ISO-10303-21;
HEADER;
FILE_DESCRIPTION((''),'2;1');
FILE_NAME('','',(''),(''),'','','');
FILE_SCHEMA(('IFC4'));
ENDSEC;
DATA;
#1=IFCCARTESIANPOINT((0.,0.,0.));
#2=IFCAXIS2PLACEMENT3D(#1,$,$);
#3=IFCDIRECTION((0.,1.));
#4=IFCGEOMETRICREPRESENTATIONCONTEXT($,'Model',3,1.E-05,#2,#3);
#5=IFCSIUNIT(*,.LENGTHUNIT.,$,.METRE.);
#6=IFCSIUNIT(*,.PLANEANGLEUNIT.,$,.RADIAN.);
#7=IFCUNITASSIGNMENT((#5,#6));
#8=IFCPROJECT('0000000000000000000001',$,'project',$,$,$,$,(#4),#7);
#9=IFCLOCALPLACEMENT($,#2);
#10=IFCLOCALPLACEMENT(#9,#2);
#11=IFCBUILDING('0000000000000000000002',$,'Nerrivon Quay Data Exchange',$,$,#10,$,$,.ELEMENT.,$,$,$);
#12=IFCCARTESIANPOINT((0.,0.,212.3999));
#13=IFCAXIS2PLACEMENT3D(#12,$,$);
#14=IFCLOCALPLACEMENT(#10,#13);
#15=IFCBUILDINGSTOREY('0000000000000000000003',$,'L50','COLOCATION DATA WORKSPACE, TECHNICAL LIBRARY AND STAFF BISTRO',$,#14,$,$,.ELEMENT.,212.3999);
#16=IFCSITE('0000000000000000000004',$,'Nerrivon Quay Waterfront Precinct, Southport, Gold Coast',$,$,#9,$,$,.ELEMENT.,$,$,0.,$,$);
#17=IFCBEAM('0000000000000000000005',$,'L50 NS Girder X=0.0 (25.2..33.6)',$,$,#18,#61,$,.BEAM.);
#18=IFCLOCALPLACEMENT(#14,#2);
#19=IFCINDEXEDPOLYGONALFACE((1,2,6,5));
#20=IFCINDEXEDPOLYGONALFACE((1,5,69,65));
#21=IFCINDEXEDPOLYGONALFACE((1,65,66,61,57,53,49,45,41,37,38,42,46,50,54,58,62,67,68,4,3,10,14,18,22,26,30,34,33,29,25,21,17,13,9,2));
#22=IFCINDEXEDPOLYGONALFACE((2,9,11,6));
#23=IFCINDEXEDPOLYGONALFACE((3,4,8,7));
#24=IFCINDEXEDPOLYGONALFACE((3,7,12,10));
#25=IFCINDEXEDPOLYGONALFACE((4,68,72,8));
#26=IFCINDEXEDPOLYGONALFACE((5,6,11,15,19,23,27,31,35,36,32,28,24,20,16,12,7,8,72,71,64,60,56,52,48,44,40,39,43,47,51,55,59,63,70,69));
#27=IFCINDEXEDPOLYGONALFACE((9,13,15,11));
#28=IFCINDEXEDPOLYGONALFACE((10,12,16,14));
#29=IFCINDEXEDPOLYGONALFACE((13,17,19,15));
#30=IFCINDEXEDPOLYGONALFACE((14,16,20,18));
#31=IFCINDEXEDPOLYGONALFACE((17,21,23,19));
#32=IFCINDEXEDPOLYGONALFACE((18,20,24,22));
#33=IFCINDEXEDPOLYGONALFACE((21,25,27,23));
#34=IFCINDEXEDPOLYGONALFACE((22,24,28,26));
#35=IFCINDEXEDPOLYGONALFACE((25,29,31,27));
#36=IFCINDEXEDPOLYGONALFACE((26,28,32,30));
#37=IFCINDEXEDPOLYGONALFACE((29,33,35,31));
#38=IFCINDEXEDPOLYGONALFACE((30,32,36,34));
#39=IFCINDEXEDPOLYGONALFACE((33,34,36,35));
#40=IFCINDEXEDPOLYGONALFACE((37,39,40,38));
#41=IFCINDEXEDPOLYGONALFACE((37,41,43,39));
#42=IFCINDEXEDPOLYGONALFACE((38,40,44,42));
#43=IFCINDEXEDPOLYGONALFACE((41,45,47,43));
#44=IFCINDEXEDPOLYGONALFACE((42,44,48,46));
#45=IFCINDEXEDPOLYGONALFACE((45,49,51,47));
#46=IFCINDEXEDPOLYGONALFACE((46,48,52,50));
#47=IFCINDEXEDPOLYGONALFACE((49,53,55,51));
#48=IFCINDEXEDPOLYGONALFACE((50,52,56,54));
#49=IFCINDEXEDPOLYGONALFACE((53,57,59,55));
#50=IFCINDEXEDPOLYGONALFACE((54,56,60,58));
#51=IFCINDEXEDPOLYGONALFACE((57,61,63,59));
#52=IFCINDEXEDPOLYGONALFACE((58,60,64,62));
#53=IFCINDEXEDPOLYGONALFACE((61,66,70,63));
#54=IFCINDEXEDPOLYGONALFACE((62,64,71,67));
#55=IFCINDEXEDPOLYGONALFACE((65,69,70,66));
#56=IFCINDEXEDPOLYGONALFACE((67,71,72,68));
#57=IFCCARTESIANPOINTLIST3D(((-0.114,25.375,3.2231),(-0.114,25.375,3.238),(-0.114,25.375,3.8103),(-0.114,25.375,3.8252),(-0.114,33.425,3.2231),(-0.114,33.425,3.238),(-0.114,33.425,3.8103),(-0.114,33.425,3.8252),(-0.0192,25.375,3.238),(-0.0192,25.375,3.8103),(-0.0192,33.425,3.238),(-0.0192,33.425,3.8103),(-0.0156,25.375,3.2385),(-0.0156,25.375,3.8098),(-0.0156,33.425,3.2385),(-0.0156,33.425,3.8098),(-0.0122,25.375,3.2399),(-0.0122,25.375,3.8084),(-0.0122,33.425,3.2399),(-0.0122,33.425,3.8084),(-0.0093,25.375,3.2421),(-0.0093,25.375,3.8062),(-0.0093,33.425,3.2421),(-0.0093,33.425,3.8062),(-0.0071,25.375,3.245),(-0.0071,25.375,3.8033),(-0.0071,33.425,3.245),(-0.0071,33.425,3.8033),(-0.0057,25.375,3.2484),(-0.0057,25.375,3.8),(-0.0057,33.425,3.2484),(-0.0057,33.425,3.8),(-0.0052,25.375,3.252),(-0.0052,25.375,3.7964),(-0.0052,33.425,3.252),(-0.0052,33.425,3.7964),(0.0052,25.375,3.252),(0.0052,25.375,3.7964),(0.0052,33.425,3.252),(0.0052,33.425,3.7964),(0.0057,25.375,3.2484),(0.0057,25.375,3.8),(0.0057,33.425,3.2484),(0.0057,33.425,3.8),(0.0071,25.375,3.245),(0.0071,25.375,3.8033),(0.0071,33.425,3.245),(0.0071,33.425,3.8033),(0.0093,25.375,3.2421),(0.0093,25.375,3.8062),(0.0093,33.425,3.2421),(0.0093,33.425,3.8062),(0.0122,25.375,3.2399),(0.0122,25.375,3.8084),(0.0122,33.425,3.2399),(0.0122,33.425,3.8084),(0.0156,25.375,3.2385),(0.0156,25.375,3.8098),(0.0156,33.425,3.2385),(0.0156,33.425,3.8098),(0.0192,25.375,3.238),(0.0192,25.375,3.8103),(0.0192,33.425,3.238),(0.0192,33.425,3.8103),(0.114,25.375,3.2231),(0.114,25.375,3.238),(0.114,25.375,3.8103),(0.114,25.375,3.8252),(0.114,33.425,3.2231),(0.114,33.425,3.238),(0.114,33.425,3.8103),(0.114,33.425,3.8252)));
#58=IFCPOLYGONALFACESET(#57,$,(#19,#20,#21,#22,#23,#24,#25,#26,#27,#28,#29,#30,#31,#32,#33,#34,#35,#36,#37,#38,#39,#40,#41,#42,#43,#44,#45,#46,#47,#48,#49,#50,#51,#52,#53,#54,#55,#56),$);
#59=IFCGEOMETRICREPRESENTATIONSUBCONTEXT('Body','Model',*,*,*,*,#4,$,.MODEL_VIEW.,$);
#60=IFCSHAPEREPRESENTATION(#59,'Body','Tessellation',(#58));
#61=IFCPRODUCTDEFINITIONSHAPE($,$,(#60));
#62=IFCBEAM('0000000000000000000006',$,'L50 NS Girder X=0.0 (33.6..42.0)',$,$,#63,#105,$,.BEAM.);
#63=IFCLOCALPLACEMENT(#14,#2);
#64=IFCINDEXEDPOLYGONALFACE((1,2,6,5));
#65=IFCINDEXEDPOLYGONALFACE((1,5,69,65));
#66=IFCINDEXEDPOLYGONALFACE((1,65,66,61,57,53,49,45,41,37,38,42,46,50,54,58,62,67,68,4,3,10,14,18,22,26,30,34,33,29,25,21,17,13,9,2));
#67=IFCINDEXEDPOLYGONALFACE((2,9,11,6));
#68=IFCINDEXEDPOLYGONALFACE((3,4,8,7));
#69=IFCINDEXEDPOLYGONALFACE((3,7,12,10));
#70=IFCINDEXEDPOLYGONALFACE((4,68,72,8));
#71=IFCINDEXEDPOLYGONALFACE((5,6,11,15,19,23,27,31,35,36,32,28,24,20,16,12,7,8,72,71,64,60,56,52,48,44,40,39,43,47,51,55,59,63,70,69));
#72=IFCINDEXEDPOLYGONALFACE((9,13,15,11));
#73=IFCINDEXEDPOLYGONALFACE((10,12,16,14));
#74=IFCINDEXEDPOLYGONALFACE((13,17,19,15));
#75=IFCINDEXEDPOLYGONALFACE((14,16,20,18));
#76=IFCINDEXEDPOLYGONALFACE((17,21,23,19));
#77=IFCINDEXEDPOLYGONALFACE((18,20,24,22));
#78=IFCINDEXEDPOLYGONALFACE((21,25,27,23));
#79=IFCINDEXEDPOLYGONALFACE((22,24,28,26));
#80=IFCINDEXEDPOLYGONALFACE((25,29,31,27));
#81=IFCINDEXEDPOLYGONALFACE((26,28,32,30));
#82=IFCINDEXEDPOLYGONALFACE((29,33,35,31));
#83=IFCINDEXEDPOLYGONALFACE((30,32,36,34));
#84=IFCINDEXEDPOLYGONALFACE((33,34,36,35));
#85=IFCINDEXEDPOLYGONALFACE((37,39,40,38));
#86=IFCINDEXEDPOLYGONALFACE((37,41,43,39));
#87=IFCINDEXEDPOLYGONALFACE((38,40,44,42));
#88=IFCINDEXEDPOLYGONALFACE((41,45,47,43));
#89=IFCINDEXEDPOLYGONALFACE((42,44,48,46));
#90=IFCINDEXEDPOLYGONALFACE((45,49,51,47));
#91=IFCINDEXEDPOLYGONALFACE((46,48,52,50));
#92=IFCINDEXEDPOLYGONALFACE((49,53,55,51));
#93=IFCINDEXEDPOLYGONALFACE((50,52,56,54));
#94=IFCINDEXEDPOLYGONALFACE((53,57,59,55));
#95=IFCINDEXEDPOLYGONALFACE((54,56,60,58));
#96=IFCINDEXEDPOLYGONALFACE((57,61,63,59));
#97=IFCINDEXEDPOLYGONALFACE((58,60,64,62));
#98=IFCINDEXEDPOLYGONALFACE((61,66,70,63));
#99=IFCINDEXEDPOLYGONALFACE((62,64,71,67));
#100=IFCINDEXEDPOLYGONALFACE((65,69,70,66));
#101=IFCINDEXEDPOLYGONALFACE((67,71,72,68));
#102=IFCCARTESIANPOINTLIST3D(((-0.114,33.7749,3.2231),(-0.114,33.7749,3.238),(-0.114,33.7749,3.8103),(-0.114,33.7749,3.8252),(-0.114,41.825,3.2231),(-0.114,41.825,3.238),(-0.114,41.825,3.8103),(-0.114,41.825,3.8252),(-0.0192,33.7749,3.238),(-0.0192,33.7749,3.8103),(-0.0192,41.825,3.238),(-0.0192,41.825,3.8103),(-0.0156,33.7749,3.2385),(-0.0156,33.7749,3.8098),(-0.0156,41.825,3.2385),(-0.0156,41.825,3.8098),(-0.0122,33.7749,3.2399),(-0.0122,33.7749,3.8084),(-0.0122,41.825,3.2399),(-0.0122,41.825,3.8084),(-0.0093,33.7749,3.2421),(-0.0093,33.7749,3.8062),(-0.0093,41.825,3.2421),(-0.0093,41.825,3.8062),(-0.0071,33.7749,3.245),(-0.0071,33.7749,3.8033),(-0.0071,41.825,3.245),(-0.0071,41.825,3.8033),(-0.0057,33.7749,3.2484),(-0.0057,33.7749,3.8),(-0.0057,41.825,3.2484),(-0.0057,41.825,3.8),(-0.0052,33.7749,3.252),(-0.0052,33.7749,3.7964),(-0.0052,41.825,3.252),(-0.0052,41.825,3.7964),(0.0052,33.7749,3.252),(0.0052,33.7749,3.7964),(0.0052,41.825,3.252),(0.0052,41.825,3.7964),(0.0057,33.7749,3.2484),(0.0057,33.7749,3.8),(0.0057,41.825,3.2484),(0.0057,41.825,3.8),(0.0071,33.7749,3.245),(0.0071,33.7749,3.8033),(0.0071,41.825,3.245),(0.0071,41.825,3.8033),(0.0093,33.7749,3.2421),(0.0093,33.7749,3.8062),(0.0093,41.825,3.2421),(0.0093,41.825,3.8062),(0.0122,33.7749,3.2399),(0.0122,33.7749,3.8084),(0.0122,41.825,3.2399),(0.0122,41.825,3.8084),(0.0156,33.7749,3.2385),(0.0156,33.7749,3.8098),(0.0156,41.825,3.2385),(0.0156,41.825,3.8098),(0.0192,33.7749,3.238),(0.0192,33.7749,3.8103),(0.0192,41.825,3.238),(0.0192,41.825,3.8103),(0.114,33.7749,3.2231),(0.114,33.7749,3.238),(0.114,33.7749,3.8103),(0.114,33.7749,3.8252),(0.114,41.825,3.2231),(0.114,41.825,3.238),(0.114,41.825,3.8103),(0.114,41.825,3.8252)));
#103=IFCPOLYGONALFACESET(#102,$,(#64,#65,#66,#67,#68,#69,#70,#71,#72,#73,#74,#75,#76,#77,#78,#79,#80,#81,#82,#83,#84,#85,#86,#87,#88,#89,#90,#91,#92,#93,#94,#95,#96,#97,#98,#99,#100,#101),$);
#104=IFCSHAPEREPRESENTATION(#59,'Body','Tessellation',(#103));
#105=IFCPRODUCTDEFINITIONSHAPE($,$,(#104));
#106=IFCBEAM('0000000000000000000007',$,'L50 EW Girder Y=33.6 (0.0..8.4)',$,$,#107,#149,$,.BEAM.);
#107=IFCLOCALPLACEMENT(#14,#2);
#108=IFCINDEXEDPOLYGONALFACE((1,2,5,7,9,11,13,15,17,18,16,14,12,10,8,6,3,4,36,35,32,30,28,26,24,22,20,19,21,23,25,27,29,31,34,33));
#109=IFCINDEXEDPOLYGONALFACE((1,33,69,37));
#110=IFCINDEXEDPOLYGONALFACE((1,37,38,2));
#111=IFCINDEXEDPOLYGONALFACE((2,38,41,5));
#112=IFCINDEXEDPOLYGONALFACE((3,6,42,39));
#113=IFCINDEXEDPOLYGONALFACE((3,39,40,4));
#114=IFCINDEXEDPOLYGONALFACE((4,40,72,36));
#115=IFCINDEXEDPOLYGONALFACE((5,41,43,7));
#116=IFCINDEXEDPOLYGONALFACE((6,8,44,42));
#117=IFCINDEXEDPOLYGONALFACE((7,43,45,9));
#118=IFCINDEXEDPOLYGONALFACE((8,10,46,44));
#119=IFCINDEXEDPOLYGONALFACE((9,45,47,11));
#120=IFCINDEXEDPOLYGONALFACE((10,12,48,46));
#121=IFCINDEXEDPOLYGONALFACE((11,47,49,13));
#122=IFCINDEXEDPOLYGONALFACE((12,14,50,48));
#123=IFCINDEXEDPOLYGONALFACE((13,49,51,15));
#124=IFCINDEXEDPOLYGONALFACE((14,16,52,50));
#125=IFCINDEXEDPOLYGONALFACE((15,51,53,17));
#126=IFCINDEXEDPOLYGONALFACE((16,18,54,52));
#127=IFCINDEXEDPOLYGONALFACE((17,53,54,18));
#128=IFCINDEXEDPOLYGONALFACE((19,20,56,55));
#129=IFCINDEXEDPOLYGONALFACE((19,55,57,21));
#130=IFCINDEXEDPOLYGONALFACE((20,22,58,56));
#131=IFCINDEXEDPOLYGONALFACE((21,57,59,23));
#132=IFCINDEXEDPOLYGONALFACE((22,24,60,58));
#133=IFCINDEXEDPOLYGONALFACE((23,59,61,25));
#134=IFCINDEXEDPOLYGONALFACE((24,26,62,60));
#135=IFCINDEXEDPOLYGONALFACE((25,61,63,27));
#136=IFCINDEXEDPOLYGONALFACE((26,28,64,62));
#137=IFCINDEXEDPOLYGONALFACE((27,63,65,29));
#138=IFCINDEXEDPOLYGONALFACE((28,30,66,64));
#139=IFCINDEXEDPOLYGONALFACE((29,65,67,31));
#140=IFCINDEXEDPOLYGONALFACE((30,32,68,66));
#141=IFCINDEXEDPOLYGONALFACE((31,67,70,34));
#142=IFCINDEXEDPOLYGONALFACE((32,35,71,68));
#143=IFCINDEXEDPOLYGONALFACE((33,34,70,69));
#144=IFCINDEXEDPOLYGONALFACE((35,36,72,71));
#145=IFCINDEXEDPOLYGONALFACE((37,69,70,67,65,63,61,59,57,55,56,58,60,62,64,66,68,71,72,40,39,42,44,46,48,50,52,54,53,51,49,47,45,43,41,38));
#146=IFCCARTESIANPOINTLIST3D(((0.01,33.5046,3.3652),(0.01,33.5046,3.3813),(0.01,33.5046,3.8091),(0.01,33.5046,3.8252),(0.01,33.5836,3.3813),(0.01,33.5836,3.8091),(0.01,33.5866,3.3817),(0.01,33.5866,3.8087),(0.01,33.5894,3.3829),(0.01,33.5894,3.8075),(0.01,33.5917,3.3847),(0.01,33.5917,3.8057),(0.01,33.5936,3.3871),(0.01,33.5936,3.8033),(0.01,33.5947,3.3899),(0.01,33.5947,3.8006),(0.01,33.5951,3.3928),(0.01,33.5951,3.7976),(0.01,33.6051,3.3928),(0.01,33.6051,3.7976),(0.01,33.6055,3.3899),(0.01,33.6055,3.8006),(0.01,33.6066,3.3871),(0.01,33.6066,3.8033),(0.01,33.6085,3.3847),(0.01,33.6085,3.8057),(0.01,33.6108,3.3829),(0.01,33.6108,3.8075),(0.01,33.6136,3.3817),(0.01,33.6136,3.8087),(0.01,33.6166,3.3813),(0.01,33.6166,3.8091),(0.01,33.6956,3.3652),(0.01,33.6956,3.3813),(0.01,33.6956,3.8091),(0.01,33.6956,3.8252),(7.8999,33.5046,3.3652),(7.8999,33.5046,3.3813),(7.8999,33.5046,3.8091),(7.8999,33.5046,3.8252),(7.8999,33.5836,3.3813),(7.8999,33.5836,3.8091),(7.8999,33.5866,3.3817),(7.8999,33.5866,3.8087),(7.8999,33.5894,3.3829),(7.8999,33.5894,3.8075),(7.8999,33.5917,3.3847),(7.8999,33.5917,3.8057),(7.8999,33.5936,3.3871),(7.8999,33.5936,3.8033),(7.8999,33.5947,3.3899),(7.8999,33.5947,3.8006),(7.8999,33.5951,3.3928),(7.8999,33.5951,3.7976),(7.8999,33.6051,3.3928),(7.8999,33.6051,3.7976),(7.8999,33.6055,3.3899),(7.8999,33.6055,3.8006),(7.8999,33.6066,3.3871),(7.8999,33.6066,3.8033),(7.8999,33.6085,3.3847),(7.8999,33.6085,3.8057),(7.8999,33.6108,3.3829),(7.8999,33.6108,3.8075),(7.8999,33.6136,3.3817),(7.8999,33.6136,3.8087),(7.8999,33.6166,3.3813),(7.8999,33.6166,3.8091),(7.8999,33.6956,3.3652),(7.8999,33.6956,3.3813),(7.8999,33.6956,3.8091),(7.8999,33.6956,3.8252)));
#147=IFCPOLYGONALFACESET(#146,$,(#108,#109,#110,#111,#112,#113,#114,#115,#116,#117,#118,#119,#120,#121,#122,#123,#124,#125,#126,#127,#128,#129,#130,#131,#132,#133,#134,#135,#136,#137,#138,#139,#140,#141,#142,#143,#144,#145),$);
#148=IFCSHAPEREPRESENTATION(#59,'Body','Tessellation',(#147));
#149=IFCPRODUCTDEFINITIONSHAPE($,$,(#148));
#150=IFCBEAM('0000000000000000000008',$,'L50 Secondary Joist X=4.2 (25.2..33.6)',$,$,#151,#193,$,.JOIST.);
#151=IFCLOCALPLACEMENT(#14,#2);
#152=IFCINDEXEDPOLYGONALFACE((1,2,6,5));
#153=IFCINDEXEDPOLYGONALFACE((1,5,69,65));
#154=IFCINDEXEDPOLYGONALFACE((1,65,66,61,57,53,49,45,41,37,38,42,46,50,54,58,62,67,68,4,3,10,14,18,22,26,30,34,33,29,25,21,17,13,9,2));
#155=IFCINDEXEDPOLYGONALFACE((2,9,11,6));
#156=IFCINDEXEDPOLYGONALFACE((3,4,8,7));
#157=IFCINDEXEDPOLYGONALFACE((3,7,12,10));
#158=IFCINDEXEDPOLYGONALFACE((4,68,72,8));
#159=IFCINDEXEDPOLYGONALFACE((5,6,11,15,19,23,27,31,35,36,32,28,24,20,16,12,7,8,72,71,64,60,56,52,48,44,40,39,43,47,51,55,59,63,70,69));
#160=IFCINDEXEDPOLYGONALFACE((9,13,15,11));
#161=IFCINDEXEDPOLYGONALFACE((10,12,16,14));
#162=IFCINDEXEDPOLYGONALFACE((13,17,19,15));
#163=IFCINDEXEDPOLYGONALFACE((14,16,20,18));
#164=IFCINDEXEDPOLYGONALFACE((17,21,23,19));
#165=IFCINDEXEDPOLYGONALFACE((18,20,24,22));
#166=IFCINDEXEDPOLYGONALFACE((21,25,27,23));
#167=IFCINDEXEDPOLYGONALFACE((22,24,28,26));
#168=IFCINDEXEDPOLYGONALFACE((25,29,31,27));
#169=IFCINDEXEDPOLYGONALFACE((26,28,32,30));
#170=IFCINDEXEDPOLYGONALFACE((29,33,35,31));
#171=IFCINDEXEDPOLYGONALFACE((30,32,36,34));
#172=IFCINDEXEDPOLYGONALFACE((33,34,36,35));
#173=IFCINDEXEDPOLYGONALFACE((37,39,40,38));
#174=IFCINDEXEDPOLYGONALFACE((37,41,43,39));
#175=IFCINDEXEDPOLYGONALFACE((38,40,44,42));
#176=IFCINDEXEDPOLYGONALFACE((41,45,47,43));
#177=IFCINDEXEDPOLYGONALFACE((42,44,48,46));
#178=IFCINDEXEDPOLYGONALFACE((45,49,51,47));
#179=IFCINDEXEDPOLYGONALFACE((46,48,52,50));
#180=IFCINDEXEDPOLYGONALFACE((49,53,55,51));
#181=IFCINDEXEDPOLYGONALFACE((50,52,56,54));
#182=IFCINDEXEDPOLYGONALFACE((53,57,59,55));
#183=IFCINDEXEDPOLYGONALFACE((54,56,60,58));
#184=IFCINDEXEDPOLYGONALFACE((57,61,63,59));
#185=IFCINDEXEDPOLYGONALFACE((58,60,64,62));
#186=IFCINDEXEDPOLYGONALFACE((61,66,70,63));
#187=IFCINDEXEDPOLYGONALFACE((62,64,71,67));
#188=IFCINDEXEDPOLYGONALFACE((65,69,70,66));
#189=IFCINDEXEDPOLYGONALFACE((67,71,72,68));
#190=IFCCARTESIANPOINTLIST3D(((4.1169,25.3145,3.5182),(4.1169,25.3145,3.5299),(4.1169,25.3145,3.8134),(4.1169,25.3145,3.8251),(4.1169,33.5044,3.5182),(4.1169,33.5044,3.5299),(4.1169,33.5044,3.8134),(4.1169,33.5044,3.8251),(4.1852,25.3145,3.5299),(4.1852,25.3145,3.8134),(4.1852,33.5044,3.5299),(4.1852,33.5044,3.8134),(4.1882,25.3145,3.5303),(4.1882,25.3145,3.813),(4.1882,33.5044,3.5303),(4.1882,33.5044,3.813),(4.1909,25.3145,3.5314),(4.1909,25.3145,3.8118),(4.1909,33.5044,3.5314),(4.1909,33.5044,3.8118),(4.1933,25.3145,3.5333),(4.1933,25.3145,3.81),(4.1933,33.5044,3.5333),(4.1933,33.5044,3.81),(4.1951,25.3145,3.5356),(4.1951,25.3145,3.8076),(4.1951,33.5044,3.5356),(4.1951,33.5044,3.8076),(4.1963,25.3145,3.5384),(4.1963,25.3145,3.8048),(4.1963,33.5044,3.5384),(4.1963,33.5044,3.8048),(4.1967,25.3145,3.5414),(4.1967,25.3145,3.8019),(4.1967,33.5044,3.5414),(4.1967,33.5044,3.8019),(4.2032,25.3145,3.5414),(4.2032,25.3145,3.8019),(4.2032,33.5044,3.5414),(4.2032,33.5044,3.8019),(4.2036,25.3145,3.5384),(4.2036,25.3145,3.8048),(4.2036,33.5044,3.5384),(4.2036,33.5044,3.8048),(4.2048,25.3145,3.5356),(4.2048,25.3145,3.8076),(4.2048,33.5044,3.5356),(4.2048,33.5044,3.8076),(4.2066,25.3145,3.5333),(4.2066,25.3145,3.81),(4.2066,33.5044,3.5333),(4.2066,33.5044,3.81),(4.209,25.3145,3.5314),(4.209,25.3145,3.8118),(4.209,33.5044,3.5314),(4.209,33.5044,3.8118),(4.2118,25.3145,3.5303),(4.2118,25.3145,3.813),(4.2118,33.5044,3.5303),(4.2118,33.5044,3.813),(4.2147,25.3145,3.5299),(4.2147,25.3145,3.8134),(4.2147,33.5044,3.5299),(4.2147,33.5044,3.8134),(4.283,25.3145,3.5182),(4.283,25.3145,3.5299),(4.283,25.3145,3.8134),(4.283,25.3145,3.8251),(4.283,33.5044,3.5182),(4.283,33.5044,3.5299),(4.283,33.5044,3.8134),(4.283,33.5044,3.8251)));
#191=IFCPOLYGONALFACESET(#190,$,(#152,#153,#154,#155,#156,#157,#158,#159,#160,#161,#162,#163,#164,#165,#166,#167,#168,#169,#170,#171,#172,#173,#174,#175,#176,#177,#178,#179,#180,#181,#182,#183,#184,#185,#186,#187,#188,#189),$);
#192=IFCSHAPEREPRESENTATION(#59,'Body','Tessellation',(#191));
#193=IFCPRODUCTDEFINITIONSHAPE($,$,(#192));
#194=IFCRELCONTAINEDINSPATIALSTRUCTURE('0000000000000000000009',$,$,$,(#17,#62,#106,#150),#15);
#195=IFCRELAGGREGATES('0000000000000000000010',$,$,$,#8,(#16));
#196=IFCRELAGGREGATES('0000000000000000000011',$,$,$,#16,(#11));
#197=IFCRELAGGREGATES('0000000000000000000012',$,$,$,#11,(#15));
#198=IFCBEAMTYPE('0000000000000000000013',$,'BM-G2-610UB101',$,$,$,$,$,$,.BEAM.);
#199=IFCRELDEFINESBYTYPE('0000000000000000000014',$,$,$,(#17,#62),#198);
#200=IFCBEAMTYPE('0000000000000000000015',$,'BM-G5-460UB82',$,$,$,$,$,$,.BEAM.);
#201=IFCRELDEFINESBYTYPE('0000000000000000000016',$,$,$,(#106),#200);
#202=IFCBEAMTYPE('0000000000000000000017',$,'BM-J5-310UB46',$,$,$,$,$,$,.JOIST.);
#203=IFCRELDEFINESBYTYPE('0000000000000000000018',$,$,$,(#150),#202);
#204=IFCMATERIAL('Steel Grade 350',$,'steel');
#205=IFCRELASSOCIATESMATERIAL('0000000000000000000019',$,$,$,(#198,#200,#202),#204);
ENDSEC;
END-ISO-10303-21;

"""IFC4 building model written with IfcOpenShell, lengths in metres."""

from ifc_helpers import new_model, si_unit, direction, frame, origin, origin_2d, place, context, subcontext, project, spatial, i_section, extrude, material, material_profile, profile_set, type_object, element, save


model = new_model("IFC4")

# Units and contexts
model_context = context("Model", 3, precision=1e-05, world=origin(), true_north=direction((0.0, 1.0)))
body_context = subcontext(model_context, "Body", "Model", "MODEL_VIEW")
ifc_project = project(units=[si_unit("LENGTHUNIT", "METRE"), si_unit("PLANEANGLEUNIT", "RADIAN")], contexts=[model_context])

# Site, building, storey
site_placement = place(None, origin())
site = spatial("IfcSite", under=ifc_project, at=site_placement, Name="Nerrivon Quay Waterfront Precinct, Southport, Gold Coast", CompositionType="ELEMENT", RefElevation=0.0)
building_placement = place(site_placement, origin())
building = spatial("IfcBuilding", under=site, at=building_placement, Name="Nerrivon Quay Data Exchange", CompositionType="ELEMENT")
storey_placement = place(building_placement, frame((0.0, 0.0, 212.3999)))
storey = spatial("IfcBuildingStorey", under=building, at=storey_placement, Name="L50", Description="COLOCATION DATA WORKSPACE, TECHNICAL LIBRARY AND STAFF BISTRO", CompositionType="ELEMENT", Elevation=212.3999)

# Shared definitions
ifc_material_1 = material(Name="Steel Grade 350", Category="steel")

# Beams
ifc_material_profile_1 = material_profile(ifc_material_1, i_section(OverallWidth=0.228, OverallDepth=0.6021, WebThickness=0.0105, FlangeThickness=0.0149, FilletRadius=0.0139, at=origin_2d()), Name="610UB101")
ifc_profile_set_1 = profile_set([ifc_material_profile_1], Name="Steel Grade 350")
beam_type_1 = type_object("IfcBeamType", Name="BM-G2-610UB101", PredefinedType="BEAM", material=ifc_profile_set_1)
for number, where, z_axis, x_axis, name in (
    (1, (0.0, 25.375, 3.5242), (0.0, 1.0, 0.0), (-1.0, 0.0, 0.0), "L50 NS Girder X=0.0 (25.2..33.6)"),
    (2, (0.0, 33.7749, 3.5242), (0.0, 1.0, 0.0), (-1.0, 0.0, 0.0), "L50 NS Girder X=0.0 (33.6..42.0)"),
):
    element("IfcBeam", number, at=place(storey_placement, frame(where, z_axis=z_axis, x_axis=x_axis)), inside=storey, type_object=beam_type_1, Name=name, PredefinedType="BEAM", context=body_context, shape_type="SweptSolid", body=[
        extrude(i_section(OverallWidth=0.228, OverallDepth=0.6021, WebThickness=0.0105, FlangeThickness=0.0149, FilletRadius=0.0139, at=origin_2d()), origin(), (0.0, 0.0, 1.0), 8.05),
    ])
ifc_material_profile_2 = material_profile(ifc_material_1, i_section(OverallWidth=0.1909, OverallDepth=0.46, WebThickness=0.01, FlangeThickness=0.0161, FilletRadius=0.0115, at=origin_2d()), Name="460UB82.1")
ifc_profile_set_2 = profile_set([ifc_material_profile_2], Name="Steel Grade 350")
beam_type_2 = type_object("IfcBeamType", Name="BM-G5-460UB82", PredefinedType="BEAM", material=ifc_profile_set_2)
beam_1_placement = place(storey_placement, frame((0.01, 33.6001, 3.5952), z_axis=(1.0, 0.0, 0.0), x_axis=(0.0, 1.0, 0.0)))
element("IfcBeam", 3, at=beam_1_placement, inside=storey, type_object=beam_type_2, Name="L50 EW Girder Y=33.6 (0.0..8.4)", PredefinedType="BEAM", context=body_context, shape_type="SweptSolid", body=[
    extrude(i_section(OverallWidth=0.1909, OverallDepth=0.46, WebThickness=0.01, FlangeThickness=0.0161, FilletRadius=0.0115, at=origin_2d()), origin(), (0.0, 0.0, 1.0), 7.8899),
])
ifc_material_profile_3 = material_profile(ifc_material_1, i_section(OverallWidth=0.166, OverallDepth=0.3069, WebThickness=0.0066, FlangeThickness=0.0117, FilletRadius=0.0115, at=origin_2d()), Name="310UB46.2")
ifc_profile_set_3 = profile_set([ifc_material_profile_3], Name="Steel Grade 350")
beam_type_3 = type_object("IfcBeamType", Name="BM-J5-310UB46", PredefinedType="JOIST", material=ifc_profile_set_3)
beam_2_placement = place(storey_placement, frame((4.2, 25.3145, 3.6716), z_axis=(0.0, 1.0, 0.0), x_axis=(-1.0, 0.0, 0.0)))
element("IfcBeam", 4, at=beam_2_placement, inside=storey, type_object=beam_type_3, Name="L50 Secondary Joist X=4.2 (25.2..33.6)", PredefinedType="JOIST", context=body_context, shape_type="SweptSolid", body=[
    extrude(i_section(OverallWidth=0.166, OverallDepth=0.3069, WebThickness=0.0066, FlangeThickness=0.0117, FilletRadius=0.0115, at=origin_2d()), origin(), (0.0, 0.0, 1.0), 8.1899),
])

save(model, "model.ifc")
